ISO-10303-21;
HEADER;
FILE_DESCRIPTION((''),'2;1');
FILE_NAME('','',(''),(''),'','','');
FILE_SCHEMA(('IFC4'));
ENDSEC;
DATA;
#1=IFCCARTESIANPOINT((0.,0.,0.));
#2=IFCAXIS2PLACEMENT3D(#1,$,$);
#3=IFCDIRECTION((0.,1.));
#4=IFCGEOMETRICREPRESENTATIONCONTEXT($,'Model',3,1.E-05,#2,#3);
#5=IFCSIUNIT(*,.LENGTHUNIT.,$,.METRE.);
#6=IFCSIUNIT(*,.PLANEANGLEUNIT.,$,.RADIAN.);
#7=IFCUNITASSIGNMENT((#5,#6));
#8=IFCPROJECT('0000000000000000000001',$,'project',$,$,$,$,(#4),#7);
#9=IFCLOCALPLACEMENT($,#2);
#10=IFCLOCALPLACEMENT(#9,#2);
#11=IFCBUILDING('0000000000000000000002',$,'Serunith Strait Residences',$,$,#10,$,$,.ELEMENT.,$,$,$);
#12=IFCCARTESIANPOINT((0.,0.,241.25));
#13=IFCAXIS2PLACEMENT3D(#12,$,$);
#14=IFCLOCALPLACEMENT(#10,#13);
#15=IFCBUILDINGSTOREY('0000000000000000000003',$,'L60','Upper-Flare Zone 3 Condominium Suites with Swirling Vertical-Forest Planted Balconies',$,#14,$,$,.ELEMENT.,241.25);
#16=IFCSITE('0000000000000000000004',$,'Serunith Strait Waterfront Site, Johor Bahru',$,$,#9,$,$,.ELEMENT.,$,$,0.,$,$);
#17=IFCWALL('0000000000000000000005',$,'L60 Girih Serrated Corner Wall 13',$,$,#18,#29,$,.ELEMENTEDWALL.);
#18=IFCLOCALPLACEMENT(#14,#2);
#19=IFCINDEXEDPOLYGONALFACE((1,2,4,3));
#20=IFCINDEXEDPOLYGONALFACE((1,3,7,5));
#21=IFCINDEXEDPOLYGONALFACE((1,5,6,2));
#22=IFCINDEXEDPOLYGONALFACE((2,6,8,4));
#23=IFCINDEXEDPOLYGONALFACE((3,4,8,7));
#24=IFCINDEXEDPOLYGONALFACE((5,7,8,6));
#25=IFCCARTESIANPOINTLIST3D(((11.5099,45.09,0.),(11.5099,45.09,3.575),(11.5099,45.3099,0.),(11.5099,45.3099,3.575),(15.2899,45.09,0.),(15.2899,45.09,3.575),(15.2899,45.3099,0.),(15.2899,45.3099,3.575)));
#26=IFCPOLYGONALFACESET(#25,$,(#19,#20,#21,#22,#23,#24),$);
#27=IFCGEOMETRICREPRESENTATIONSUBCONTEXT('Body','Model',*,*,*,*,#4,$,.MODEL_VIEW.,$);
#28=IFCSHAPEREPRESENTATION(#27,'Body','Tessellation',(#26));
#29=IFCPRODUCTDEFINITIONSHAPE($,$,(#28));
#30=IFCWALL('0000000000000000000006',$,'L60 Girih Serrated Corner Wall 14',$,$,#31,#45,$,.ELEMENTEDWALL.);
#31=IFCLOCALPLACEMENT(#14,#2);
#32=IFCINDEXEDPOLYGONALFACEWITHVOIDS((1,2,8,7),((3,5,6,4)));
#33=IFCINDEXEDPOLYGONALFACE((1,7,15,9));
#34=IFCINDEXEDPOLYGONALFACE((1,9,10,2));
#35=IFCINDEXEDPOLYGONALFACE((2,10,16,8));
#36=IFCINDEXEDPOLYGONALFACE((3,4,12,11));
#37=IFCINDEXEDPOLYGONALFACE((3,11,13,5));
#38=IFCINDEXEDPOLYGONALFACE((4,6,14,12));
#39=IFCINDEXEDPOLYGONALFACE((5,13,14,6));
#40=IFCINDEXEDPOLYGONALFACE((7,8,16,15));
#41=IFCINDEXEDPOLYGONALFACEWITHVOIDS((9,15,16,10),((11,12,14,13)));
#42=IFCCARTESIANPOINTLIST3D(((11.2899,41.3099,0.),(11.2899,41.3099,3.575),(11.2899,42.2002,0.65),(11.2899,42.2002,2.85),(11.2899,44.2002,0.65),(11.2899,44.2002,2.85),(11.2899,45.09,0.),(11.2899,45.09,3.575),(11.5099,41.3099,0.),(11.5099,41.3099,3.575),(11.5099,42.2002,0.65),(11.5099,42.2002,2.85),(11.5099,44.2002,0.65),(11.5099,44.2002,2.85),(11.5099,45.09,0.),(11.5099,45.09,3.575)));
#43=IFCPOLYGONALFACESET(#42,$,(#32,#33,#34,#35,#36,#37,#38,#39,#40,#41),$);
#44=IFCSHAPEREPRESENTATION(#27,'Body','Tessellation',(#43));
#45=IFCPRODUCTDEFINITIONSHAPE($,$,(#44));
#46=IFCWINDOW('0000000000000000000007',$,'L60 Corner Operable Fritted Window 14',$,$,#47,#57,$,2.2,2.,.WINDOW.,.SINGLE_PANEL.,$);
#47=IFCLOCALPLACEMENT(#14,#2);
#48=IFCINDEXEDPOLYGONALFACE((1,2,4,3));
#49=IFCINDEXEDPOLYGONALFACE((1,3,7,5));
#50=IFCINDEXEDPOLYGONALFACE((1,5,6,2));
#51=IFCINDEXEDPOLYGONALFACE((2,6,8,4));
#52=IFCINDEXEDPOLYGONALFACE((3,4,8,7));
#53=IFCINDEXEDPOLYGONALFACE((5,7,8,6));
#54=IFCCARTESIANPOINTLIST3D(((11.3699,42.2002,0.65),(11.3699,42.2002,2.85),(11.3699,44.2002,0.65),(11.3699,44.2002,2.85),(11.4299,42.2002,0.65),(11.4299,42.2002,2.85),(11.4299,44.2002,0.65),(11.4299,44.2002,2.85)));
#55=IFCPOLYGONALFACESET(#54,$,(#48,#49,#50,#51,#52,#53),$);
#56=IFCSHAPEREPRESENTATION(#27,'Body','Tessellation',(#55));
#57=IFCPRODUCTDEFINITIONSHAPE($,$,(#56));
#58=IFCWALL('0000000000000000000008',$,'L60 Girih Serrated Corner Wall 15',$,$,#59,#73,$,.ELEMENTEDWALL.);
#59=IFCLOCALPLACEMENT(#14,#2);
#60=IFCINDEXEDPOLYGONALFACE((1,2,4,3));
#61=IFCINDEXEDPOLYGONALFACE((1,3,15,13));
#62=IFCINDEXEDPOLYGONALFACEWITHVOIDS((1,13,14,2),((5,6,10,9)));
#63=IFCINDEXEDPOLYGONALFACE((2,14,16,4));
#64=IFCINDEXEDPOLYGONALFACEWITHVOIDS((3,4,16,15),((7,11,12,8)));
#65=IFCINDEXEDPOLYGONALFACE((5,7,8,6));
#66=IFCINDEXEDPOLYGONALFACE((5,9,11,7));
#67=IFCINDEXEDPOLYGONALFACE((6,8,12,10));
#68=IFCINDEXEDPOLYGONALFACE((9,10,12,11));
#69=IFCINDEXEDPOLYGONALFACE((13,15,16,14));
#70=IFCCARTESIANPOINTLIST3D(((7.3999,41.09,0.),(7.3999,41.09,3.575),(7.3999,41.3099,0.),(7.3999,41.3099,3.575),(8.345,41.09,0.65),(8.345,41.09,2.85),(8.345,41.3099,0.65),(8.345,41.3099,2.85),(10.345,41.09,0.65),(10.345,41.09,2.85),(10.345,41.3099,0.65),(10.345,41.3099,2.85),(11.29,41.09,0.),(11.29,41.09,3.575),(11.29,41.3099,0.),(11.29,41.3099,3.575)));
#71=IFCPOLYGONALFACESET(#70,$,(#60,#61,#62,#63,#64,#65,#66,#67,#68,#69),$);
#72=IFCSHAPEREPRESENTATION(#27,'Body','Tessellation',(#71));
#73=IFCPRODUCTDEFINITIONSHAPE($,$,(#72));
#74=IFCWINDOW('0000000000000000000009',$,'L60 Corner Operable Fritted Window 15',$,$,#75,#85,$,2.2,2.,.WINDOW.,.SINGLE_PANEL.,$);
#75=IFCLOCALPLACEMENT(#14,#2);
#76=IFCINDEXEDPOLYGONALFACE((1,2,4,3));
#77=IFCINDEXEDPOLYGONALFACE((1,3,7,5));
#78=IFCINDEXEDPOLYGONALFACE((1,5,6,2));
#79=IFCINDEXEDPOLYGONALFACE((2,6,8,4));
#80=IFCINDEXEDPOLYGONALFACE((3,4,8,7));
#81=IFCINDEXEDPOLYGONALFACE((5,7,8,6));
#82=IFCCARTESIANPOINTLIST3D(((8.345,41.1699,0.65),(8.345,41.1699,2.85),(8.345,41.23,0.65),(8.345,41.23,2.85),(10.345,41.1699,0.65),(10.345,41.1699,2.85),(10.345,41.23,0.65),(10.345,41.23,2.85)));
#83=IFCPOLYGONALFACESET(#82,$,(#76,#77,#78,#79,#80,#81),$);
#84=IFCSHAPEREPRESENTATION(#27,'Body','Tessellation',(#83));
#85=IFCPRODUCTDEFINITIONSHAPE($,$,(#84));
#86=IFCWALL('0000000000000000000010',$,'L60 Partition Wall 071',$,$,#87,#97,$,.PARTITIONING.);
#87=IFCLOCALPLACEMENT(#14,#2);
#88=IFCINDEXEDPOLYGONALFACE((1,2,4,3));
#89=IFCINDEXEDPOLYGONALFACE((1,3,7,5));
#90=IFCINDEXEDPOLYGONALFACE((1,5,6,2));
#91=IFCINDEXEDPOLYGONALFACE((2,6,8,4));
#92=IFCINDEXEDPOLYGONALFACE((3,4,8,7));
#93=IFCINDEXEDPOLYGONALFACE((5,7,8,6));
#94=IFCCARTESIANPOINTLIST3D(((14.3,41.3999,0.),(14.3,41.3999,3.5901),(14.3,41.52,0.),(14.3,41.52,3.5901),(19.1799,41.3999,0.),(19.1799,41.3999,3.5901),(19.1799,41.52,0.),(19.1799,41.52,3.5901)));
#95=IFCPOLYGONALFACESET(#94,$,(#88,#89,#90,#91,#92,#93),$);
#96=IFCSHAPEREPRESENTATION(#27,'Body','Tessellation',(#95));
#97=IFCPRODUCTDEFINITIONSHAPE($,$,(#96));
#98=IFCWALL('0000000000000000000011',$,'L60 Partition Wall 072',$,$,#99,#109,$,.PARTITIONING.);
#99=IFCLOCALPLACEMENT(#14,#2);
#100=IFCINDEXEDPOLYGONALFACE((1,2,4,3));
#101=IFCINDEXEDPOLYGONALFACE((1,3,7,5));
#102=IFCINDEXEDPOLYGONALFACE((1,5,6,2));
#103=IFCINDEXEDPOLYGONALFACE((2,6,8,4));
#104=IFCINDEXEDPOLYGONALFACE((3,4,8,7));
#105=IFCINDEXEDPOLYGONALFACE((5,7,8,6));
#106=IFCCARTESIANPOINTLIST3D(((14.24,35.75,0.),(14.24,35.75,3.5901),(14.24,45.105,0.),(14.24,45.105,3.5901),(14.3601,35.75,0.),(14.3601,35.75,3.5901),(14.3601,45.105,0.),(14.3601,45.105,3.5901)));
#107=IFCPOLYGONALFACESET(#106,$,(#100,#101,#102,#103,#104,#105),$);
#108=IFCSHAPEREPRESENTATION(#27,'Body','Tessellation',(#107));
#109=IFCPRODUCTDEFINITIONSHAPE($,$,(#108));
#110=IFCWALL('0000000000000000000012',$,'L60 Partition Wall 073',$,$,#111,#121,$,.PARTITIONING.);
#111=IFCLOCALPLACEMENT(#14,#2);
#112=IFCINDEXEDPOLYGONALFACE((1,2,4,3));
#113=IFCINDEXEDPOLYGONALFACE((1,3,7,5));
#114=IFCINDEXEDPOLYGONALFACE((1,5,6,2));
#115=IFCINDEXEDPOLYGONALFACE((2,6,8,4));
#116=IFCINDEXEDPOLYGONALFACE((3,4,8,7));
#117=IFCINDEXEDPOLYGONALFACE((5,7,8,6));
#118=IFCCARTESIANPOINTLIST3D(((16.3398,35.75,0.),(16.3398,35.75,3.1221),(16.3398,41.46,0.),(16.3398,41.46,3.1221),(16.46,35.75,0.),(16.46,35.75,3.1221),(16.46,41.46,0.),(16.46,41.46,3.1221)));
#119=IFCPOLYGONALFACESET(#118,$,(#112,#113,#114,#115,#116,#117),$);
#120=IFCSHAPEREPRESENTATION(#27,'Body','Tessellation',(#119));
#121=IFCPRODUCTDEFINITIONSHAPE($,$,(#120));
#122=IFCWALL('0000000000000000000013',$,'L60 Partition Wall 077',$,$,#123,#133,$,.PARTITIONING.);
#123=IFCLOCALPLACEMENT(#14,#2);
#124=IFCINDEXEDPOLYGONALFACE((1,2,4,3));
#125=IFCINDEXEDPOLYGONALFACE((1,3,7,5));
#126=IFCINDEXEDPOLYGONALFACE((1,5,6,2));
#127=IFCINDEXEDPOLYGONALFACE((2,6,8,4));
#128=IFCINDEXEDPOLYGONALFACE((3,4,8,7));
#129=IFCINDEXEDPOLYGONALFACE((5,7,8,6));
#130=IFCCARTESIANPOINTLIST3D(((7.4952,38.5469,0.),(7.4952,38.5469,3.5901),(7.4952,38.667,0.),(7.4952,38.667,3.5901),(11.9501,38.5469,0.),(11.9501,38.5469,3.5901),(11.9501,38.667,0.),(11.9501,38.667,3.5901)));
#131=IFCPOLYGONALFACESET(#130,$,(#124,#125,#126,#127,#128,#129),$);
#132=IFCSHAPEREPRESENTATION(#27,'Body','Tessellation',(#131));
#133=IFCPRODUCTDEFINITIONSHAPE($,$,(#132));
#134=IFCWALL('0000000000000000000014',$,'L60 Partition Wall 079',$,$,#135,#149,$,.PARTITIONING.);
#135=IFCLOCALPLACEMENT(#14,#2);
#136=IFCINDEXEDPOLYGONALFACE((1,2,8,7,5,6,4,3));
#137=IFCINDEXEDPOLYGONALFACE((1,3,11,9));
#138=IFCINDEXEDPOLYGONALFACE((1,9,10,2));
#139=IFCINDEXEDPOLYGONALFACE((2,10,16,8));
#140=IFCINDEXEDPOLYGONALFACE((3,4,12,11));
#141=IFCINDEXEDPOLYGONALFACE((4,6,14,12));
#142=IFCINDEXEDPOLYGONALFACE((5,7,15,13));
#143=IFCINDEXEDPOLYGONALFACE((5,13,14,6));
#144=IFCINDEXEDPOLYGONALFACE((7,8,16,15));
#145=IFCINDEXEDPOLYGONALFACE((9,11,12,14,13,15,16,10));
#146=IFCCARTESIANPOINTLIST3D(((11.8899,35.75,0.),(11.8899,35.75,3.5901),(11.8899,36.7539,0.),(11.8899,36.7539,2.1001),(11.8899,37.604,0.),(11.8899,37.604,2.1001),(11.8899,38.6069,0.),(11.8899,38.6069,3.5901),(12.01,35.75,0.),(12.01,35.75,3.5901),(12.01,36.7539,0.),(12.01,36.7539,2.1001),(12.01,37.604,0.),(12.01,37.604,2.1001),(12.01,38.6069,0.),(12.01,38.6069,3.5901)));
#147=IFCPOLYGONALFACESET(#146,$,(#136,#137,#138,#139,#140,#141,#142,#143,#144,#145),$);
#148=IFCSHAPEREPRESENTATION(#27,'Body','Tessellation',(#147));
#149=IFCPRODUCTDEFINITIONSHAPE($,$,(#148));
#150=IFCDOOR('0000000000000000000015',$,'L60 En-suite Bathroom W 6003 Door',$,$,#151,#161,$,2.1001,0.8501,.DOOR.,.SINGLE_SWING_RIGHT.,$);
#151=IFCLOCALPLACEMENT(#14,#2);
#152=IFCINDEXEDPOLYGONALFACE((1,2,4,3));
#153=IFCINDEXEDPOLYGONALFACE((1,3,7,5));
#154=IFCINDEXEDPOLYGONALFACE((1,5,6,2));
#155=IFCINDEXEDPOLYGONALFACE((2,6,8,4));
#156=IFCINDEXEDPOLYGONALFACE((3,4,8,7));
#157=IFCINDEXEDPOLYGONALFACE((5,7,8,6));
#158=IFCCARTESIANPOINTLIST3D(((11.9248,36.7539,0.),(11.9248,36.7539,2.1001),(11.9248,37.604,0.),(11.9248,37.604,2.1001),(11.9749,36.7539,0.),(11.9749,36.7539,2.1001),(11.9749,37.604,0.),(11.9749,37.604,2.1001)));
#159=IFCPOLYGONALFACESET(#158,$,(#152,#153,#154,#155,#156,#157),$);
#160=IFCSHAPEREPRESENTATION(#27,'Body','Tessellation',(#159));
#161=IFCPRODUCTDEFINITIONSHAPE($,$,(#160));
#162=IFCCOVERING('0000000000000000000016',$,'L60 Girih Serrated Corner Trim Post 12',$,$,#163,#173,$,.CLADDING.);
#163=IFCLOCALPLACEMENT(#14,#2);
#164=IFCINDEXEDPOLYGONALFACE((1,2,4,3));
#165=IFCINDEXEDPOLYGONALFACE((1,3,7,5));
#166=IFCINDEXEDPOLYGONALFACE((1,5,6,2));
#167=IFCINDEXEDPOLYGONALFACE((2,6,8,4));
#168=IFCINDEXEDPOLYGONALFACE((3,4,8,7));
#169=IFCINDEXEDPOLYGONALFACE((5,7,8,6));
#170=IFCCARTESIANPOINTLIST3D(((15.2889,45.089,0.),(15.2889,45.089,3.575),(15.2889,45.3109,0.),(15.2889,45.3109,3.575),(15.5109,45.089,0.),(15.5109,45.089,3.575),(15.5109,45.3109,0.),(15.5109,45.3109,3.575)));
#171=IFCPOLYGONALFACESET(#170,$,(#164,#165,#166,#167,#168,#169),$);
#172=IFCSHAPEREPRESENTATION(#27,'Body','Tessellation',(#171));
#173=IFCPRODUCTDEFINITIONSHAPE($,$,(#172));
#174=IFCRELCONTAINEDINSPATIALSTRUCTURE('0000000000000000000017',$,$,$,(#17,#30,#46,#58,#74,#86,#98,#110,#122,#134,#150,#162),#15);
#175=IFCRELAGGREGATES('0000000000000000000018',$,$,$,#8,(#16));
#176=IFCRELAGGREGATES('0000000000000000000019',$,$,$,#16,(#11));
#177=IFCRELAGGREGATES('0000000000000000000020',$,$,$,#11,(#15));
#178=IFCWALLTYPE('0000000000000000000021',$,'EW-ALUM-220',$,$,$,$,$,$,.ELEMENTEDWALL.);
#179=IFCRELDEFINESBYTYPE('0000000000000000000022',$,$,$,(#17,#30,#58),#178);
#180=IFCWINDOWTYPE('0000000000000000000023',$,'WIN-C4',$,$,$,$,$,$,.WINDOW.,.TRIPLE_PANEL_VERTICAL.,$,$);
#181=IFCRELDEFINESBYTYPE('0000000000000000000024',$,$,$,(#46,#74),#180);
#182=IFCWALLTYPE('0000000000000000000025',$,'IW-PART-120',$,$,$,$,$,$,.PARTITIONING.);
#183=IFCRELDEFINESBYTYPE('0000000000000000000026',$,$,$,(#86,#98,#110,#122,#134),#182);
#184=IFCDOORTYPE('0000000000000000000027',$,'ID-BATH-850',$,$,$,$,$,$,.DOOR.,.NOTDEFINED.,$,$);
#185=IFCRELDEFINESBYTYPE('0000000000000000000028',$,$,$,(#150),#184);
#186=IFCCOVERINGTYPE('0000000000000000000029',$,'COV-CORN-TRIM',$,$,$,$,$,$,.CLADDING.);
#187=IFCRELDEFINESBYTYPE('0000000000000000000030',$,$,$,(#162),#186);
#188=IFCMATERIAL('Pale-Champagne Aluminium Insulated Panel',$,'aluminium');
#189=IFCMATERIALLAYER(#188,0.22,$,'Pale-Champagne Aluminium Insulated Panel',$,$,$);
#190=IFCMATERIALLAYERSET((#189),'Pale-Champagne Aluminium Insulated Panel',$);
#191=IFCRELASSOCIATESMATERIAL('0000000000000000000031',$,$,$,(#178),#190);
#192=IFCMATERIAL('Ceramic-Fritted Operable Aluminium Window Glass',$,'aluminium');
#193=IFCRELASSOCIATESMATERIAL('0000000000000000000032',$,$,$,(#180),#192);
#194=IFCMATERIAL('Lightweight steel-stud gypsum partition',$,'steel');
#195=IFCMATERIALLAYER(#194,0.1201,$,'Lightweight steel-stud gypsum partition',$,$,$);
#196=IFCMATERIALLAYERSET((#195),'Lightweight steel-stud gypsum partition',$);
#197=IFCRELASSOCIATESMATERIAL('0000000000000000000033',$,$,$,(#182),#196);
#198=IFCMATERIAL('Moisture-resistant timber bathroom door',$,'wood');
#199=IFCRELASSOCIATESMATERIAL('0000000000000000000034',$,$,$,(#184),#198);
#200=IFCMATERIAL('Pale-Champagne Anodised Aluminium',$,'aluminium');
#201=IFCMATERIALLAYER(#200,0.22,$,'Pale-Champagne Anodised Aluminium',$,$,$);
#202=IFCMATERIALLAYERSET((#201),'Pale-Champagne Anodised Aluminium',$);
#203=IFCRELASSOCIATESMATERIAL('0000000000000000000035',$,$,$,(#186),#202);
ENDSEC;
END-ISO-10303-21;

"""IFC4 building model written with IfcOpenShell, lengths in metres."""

from ifc_helpers import new_model, si_unit, direction, frame, frame_2d, origin, origin_2d, place, context, subcontext, project, spatial, rectangle, extrude, source, transform, mapped, material, layer, layer_set, type_object, element, fill, save


model = new_model("IFC4")

# Units and contexts
model_context = context("Model", 3, precision=1e-05, world=origin(), true_north=direction((0.0, 1.0)))
body_context = subcontext(model_context, "Body", "Model", "MODEL_VIEW")
ifc_project = project(units=[si_unit("LENGTHUNIT", "METRE"), si_unit("PLANEANGLEUNIT", "RADIAN")], contexts=[model_context])

# Site, building, storey
site_placement = place(None, origin())
site = spatial("IfcSite", under=ifc_project, at=site_placement, Name="Serunith Strait Waterfront Site, Johor Bahru", CompositionType="ELEMENT", RefElevation=0.0)
building_placement = place(site_placement, origin())
building = spatial("IfcBuilding", under=site, at=building_placement, Name="Serunith Strait Residences", CompositionType="ELEMENT")
storey_placement = place(building_placement, frame((0.0, 0.0, 241.25)))
storey = spatial("IfcBuildingStorey", under=building, at=storey_placement, Name="L60", Description="Upper-Flare Zone 3 Condominium Suites with Swirling Vertical-Forest Planted Balconies", CompositionType="ELEMENT", Elevation=241.25)

# Shared definitions
ifc_material_1 = material(Name="Pale-Champagne Anodised Aluminium", Category="aluminium")

# Shared definitions
ifc_material_2 = material(Name="Pale-Champagne Aluminium Insulated Panel", Category="aluminium")
ifc_layer_1 = layer(ifc_material_2, 0.22, Name="Pale-Champagne Aluminium Insulated Panel")
ifc_layer_set_1 = layer_set([ifc_layer_1], Name="Pale-Champagne Aluminium Insulated Panel")
wall_type_1 = type_object("IfcWallType", Name="EW-ALUM-220", PredefinedType="ELEMENTEDWALL", material=ifc_layer_set_1)
ifc_material_3 = material(Name="Ceramic-Fritted Operable Aluminium Window Glass", Category="aluminium")
window_type = type_object("IfcWindowType", Name="WIN-C4", PartitioningType="TRIPLE_PANEL_VERTICAL", PredefinedType="WINDOW", material=ifc_material_3)
shared_shape_1 = source(origin(), body_context, "Body", "SweptSolid", [
    extrude(rectangle(XDim=2.0, YDim=2.2, at=frame_2d((1.0, 1.1001))), frame((0.0, 0.03, 0.0), z_axis=(0.0, -1.0, 0.0), x_axis=(1.0, 0.0, 0.0)), (0.0, 0.0, 1.0), 0.0601),
])

# Wall
wall_1_placement = place(storey_placement, frame((15.29, 45.2, 0.0), z_axis=(0.0, 0.0, 1.0), x_axis=(-1.0, 0.0, 0.0)))
element("IfcWall", 1, at=wall_1_placement, inside=storey, type_object=wall_type_1, Name="L60 Girih Serrated Corner Wall 13", PredefinedType="ELEMENTEDWALL", context=body_context, shape_type="SweptSolid", body=[
    extrude(rectangle(XDim=3.78, YDim=0.22, at=frame_2d((1.8901, 0.0))), origin(), (0.0, 0.0, 1.0), 3.575),
])

# Walls, openings, windows
wall_2_placement = place(storey_placement, frame((11.3999, 45.0901, 0.0), z_axis=(0.0, 0.0, 1.0), x_axis=(0.0, -1.0, 0.0)))
wall_2 = element("IfcWall", 2, at=wall_2_placement, inside=storey, type_object=wall_type_1, Name="L60 Girih Serrated Corner Wall 14", PredefinedType="ELEMENTEDWALL", context=body_context, shape_type="SweptSolid", body=[
    extrude(rectangle(XDim=3.78, YDim=0.22, at=frame_2d((1.8901, 0.0))), origin(), (0.0, 0.0, 1.0), 3.575),
])
opening_1_placement = place(wall_2_placement, frame((0.8899, 0.0, 0.6499)))
opening_1 = element("IfcOpeningElement", 3, at=opening_1_placement, cuts=wall_2, PredefinedType="OPENING", context=body_context, shape_type="SweptSolid", body=[
    extrude(rectangle(XDim=2.0, YDim=2.2, at=frame_2d((1.0, 1.1001))), frame((0.0, 0.1201, 0.0), z_axis=(0.0, -1.0, 0.0), x_axis=(1.0, 0.0, 0.0)), (0.0, 0.0, 1.0), 0.24),
])
window_1_placement = place(opening_1_placement, origin())
window_1 = element("IfcWindow", 4, at=window_1_placement, inside=storey, type_object=window_type, Name="L60 Corner Operable Fritted Window 14", OverallHeight=2.2, OverallWidth=2.0, PartitioningType="SINGLE_PANEL", PredefinedType="WINDOW", context=body_context, shape_type="MappedRepresentation", body=[
    mapped(shared_shape_1, transform((0.0, 0.0, 0.0), scale=1.0)),
])
fill(opening_1, window_1)
wall_3_placement = place(storey_placement, frame((11.29, 41.2, 0.0), z_axis=(0.0, 0.0, 1.0), x_axis=(-1.0, 0.0, 0.0)))
wall_3 = element("IfcWall", 5, at=wall_3_placement, inside=storey, type_object=wall_type_1, Name="L60 Girih Serrated Corner Wall 15", PredefinedType="ELEMENTEDWALL", context=body_context, shape_type="SweptSolid", body=[
    extrude(rectangle(XDim=3.8901, YDim=0.22, at=frame_2d((1.9451, 0.0))), origin(), (0.0, 0.0, 1.0), 3.575),
])
opening_2_placement = place(wall_3_placement, frame((0.9451, 0.0, 0.6499)))
opening_2 = element("IfcOpeningElement", 6, at=opening_2_placement, cuts=wall_3, PredefinedType="OPENING", context=body_context, shape_type="SweptSolid", body=[
    extrude(rectangle(XDim=2.0, YDim=2.2, at=frame_2d((1.0, 1.1001))), frame((0.0, 0.1201, 0.0), z_axis=(0.0, -1.0, 0.0), x_axis=(1.0, 0.0, 0.0)), (0.0, 0.0, 1.0), 0.24),
])
window_2_placement = place(opening_2_placement, origin())
window_2 = element("IfcWindow", 7, at=window_2_placement, inside=storey, type_object=window_type, Name="L60 Corner Operable Fritted Window 15", OverallHeight=2.2, OverallWidth=2.0, PartitioningType="SINGLE_PANEL", PredefinedType="WINDOW", context=body_context, shape_type="MappedRepresentation", body=[
    mapped(shared_shape_1, transform((0.0, 0.0, 0.0), scale=1.0)),
])
fill(opening_2, window_2)

# Walls
ifc_material_4 = material(Name="Lightweight steel-stud gypsum partition", Category="steel")
ifc_layer_2 = layer(ifc_material_4, 0.1201, Name="Lightweight steel-stud gypsum partition")
ifc_layer_set_2 = layer_set([ifc_layer_2], Name="Lightweight steel-stud gypsum partition")
wall_type_2 = type_object("IfcWallType", Name="IW-PART-120", PredefinedType="PARTITIONING", material=ifc_layer_set_2)
wall_4_placement = place(storey_placement, frame((14.3, 41.46, 0.0), z_axis=(0.0, 0.0, 1.0), x_axis=(1.0, 0.0, 0.0)))
element("IfcWall", 8, at=wall_4_placement, inside=storey, type_object=wall_type_2, Name="L60 Partition Wall 071", PredefinedType="PARTITIONING", context=body_context, shape_type="SweptSolid", body=[
    extrude(rectangle(XDim=4.8799, YDim=0.1201, at=frame_2d((2.4399, 0.0))), origin(), (0.0, 0.0, 1.0), 3.5901),
])
wall_5_placement = place(storey_placement, frame((14.3, 45.105, 0.0), z_axis=(0.0, 0.0, 1.0), x_axis=(0.0, -1.0, 0.0)))
element("IfcWall", 9, at=wall_5_placement, inside=storey, type_object=wall_type_2, Name="L60 Partition Wall 072", PredefinedType="PARTITIONING", context=body_context, shape_type="SweptSolid", body=[
    extrude(rectangle(XDim=9.355, YDim=0.1201, at=frame_2d((4.6775, 0.0))), origin(), (0.0, 0.0, 1.0), 3.5901),
])
wall_6_placement = place(storey_placement, frame((16.3999, 41.46, 0.0), z_axis=(0.0, 0.0, 1.0), x_axis=(0.0, -1.0, 0.0)))
element("IfcWall", 10, at=wall_6_placement, inside=storey, type_object=wall_type_2, Name="L60 Partition Wall 073", PredefinedType="PARTITIONING", context=body_context, shape_type="SweptSolid", body=[
    extrude(rectangle(XDim=5.71, YDim=0.1201, at=frame_2d((2.855, 0.0))), origin(), (0.0, 0.0, 1.0), 3.1221),
])
wall_7_placement = place(storey_placement, frame((7.4951, 38.6069, 0.0), z_axis=(0.0, 0.0, 1.0), x_axis=(1.0, 0.0, 0.0)))
element("IfcWall", 11, at=wall_7_placement, inside=storey, type_object=wall_type_2, Name="L60 Partition Wall 077", PredefinedType="PARTITIONING", context=body_context, shape_type="SweptSolid", body=[
    extrude(rectangle(XDim=4.4548, YDim=0.1201, at=frame_2d((2.2275, 0.0))), origin(), (0.0, 0.0, 1.0), 3.5901),
])

# Wall, opening, door
wall_8_placement = place(storey_placement, frame((11.95, 38.6069, 0.0), z_axis=(0.0, 0.0, 1.0), x_axis=(0.0, -1.0, 0.0)))
wall_8 = element("IfcWall", 12, at=wall_8_placement, inside=storey, type_object=wall_type_2, Name="L60 Partition Wall 079", PredefinedType="PARTITIONING", context=body_context, shape_type="SweptSolid", body=[
    extrude(rectangle(XDim=2.8569, YDim=0.1201, at=frame_2d((1.4285, 0.0))), origin(), (0.0, 0.0, 1.0), 3.5901),
])
opening_3_placement = place(wall_8_placement, frame((1.0029, 0.0, 0.0)))
opening_3 = element("IfcOpeningElement", 13, at=opening_3_placement, cuts=wall_8, PredefinedType="OPENING", context=body_context, shape_type="SweptSolid", body=[
    extrude(rectangle(XDim=0.8501, YDim=2.1001, at=frame_2d((0.425, 1.05))), frame((0.0, 0.0701, 0.0), z_axis=(0.0, -1.0, 0.0), x_axis=(1.0, 0.0, 0.0)), (0.0, 0.0, 1.0), 0.1401),
])
ifc_material_5 = material(Name="Moisture-resistant timber bathroom door", Category="wood")
door_type = type_object("IfcDoorType", Name="ID-BATH-850", OperationType="NOTDEFINED", PredefinedType="DOOR", material=ifc_material_5)
shared_shape_2 = source(origin(), body_context, "Body", "SweptSolid", [
    extrude(rectangle(XDim=0.8501, YDim=2.1001, at=frame_2d((0.425, 1.05))), frame((0.0, 0.0249, 0.0), z_axis=(0.0, -1.0, 0.0), x_axis=(1.0, 0.0, 0.0)), (0.0, 0.0, 1.0), 0.05),
])
door_placement = place(opening_3_placement, origin())
door = element("IfcDoor", 14, at=door_placement, inside=storey, type_object=door_type, Name="L60 En-suite Bathroom W 6003 Door", OperationType="SINGLE_SWING_RIGHT", OverallHeight=2.1001, OverallWidth=0.8501, PredefinedType="DOOR", context=body_context, shape_type="MappedRepresentation", body=[
    mapped(shared_shape_2, transform((0.0, 0.0, 0.0), scale=1.0)),
])
fill(opening_3, door)

# Covering
ifc_layer_3 = layer(ifc_material_1, 0.22, Name="Pale-Champagne Anodised Aluminium")
ifc_layer_set_3 = layer_set([ifc_layer_3], Name="Pale-Champagne Anodised Aluminium")
covering_type = type_object("IfcCoveringType", Name="COV-CORN-TRIM", PredefinedType="CLADDING", material=ifc_layer_set_3)
shared_shape_3 = source(origin(), body_context, "Body", "SweptSolid", [
    extrude(rectangle(XDim=0.2219, YDim=0.2219, at=origin_2d()), origin(), (0.0, 0.0, 1.0), 3.575),
])
for number, where, z_axis, x_axis, name in (
    (15, (15.3999, 45.2, 0.0), (0.0, 0.0, 1.0), (1.0, 0.0, 0.0), "L60 Girih Serrated Corner Trim Post 12"),
):
    element("IfcCovering", number, at=place(storey_placement, frame(where, z_axis=z_axis, x_axis=x_axis)), inside=storey, type_object=covering_type, Name=name, PredefinedType="CLADDING", context=body_context, shape_type="MappedRepresentation", body=[
        mapped(shared_shape_3, transform((0.0, 0.0, 0.0), scale=1.0)),
    ])

save(model, "model.ifc")
